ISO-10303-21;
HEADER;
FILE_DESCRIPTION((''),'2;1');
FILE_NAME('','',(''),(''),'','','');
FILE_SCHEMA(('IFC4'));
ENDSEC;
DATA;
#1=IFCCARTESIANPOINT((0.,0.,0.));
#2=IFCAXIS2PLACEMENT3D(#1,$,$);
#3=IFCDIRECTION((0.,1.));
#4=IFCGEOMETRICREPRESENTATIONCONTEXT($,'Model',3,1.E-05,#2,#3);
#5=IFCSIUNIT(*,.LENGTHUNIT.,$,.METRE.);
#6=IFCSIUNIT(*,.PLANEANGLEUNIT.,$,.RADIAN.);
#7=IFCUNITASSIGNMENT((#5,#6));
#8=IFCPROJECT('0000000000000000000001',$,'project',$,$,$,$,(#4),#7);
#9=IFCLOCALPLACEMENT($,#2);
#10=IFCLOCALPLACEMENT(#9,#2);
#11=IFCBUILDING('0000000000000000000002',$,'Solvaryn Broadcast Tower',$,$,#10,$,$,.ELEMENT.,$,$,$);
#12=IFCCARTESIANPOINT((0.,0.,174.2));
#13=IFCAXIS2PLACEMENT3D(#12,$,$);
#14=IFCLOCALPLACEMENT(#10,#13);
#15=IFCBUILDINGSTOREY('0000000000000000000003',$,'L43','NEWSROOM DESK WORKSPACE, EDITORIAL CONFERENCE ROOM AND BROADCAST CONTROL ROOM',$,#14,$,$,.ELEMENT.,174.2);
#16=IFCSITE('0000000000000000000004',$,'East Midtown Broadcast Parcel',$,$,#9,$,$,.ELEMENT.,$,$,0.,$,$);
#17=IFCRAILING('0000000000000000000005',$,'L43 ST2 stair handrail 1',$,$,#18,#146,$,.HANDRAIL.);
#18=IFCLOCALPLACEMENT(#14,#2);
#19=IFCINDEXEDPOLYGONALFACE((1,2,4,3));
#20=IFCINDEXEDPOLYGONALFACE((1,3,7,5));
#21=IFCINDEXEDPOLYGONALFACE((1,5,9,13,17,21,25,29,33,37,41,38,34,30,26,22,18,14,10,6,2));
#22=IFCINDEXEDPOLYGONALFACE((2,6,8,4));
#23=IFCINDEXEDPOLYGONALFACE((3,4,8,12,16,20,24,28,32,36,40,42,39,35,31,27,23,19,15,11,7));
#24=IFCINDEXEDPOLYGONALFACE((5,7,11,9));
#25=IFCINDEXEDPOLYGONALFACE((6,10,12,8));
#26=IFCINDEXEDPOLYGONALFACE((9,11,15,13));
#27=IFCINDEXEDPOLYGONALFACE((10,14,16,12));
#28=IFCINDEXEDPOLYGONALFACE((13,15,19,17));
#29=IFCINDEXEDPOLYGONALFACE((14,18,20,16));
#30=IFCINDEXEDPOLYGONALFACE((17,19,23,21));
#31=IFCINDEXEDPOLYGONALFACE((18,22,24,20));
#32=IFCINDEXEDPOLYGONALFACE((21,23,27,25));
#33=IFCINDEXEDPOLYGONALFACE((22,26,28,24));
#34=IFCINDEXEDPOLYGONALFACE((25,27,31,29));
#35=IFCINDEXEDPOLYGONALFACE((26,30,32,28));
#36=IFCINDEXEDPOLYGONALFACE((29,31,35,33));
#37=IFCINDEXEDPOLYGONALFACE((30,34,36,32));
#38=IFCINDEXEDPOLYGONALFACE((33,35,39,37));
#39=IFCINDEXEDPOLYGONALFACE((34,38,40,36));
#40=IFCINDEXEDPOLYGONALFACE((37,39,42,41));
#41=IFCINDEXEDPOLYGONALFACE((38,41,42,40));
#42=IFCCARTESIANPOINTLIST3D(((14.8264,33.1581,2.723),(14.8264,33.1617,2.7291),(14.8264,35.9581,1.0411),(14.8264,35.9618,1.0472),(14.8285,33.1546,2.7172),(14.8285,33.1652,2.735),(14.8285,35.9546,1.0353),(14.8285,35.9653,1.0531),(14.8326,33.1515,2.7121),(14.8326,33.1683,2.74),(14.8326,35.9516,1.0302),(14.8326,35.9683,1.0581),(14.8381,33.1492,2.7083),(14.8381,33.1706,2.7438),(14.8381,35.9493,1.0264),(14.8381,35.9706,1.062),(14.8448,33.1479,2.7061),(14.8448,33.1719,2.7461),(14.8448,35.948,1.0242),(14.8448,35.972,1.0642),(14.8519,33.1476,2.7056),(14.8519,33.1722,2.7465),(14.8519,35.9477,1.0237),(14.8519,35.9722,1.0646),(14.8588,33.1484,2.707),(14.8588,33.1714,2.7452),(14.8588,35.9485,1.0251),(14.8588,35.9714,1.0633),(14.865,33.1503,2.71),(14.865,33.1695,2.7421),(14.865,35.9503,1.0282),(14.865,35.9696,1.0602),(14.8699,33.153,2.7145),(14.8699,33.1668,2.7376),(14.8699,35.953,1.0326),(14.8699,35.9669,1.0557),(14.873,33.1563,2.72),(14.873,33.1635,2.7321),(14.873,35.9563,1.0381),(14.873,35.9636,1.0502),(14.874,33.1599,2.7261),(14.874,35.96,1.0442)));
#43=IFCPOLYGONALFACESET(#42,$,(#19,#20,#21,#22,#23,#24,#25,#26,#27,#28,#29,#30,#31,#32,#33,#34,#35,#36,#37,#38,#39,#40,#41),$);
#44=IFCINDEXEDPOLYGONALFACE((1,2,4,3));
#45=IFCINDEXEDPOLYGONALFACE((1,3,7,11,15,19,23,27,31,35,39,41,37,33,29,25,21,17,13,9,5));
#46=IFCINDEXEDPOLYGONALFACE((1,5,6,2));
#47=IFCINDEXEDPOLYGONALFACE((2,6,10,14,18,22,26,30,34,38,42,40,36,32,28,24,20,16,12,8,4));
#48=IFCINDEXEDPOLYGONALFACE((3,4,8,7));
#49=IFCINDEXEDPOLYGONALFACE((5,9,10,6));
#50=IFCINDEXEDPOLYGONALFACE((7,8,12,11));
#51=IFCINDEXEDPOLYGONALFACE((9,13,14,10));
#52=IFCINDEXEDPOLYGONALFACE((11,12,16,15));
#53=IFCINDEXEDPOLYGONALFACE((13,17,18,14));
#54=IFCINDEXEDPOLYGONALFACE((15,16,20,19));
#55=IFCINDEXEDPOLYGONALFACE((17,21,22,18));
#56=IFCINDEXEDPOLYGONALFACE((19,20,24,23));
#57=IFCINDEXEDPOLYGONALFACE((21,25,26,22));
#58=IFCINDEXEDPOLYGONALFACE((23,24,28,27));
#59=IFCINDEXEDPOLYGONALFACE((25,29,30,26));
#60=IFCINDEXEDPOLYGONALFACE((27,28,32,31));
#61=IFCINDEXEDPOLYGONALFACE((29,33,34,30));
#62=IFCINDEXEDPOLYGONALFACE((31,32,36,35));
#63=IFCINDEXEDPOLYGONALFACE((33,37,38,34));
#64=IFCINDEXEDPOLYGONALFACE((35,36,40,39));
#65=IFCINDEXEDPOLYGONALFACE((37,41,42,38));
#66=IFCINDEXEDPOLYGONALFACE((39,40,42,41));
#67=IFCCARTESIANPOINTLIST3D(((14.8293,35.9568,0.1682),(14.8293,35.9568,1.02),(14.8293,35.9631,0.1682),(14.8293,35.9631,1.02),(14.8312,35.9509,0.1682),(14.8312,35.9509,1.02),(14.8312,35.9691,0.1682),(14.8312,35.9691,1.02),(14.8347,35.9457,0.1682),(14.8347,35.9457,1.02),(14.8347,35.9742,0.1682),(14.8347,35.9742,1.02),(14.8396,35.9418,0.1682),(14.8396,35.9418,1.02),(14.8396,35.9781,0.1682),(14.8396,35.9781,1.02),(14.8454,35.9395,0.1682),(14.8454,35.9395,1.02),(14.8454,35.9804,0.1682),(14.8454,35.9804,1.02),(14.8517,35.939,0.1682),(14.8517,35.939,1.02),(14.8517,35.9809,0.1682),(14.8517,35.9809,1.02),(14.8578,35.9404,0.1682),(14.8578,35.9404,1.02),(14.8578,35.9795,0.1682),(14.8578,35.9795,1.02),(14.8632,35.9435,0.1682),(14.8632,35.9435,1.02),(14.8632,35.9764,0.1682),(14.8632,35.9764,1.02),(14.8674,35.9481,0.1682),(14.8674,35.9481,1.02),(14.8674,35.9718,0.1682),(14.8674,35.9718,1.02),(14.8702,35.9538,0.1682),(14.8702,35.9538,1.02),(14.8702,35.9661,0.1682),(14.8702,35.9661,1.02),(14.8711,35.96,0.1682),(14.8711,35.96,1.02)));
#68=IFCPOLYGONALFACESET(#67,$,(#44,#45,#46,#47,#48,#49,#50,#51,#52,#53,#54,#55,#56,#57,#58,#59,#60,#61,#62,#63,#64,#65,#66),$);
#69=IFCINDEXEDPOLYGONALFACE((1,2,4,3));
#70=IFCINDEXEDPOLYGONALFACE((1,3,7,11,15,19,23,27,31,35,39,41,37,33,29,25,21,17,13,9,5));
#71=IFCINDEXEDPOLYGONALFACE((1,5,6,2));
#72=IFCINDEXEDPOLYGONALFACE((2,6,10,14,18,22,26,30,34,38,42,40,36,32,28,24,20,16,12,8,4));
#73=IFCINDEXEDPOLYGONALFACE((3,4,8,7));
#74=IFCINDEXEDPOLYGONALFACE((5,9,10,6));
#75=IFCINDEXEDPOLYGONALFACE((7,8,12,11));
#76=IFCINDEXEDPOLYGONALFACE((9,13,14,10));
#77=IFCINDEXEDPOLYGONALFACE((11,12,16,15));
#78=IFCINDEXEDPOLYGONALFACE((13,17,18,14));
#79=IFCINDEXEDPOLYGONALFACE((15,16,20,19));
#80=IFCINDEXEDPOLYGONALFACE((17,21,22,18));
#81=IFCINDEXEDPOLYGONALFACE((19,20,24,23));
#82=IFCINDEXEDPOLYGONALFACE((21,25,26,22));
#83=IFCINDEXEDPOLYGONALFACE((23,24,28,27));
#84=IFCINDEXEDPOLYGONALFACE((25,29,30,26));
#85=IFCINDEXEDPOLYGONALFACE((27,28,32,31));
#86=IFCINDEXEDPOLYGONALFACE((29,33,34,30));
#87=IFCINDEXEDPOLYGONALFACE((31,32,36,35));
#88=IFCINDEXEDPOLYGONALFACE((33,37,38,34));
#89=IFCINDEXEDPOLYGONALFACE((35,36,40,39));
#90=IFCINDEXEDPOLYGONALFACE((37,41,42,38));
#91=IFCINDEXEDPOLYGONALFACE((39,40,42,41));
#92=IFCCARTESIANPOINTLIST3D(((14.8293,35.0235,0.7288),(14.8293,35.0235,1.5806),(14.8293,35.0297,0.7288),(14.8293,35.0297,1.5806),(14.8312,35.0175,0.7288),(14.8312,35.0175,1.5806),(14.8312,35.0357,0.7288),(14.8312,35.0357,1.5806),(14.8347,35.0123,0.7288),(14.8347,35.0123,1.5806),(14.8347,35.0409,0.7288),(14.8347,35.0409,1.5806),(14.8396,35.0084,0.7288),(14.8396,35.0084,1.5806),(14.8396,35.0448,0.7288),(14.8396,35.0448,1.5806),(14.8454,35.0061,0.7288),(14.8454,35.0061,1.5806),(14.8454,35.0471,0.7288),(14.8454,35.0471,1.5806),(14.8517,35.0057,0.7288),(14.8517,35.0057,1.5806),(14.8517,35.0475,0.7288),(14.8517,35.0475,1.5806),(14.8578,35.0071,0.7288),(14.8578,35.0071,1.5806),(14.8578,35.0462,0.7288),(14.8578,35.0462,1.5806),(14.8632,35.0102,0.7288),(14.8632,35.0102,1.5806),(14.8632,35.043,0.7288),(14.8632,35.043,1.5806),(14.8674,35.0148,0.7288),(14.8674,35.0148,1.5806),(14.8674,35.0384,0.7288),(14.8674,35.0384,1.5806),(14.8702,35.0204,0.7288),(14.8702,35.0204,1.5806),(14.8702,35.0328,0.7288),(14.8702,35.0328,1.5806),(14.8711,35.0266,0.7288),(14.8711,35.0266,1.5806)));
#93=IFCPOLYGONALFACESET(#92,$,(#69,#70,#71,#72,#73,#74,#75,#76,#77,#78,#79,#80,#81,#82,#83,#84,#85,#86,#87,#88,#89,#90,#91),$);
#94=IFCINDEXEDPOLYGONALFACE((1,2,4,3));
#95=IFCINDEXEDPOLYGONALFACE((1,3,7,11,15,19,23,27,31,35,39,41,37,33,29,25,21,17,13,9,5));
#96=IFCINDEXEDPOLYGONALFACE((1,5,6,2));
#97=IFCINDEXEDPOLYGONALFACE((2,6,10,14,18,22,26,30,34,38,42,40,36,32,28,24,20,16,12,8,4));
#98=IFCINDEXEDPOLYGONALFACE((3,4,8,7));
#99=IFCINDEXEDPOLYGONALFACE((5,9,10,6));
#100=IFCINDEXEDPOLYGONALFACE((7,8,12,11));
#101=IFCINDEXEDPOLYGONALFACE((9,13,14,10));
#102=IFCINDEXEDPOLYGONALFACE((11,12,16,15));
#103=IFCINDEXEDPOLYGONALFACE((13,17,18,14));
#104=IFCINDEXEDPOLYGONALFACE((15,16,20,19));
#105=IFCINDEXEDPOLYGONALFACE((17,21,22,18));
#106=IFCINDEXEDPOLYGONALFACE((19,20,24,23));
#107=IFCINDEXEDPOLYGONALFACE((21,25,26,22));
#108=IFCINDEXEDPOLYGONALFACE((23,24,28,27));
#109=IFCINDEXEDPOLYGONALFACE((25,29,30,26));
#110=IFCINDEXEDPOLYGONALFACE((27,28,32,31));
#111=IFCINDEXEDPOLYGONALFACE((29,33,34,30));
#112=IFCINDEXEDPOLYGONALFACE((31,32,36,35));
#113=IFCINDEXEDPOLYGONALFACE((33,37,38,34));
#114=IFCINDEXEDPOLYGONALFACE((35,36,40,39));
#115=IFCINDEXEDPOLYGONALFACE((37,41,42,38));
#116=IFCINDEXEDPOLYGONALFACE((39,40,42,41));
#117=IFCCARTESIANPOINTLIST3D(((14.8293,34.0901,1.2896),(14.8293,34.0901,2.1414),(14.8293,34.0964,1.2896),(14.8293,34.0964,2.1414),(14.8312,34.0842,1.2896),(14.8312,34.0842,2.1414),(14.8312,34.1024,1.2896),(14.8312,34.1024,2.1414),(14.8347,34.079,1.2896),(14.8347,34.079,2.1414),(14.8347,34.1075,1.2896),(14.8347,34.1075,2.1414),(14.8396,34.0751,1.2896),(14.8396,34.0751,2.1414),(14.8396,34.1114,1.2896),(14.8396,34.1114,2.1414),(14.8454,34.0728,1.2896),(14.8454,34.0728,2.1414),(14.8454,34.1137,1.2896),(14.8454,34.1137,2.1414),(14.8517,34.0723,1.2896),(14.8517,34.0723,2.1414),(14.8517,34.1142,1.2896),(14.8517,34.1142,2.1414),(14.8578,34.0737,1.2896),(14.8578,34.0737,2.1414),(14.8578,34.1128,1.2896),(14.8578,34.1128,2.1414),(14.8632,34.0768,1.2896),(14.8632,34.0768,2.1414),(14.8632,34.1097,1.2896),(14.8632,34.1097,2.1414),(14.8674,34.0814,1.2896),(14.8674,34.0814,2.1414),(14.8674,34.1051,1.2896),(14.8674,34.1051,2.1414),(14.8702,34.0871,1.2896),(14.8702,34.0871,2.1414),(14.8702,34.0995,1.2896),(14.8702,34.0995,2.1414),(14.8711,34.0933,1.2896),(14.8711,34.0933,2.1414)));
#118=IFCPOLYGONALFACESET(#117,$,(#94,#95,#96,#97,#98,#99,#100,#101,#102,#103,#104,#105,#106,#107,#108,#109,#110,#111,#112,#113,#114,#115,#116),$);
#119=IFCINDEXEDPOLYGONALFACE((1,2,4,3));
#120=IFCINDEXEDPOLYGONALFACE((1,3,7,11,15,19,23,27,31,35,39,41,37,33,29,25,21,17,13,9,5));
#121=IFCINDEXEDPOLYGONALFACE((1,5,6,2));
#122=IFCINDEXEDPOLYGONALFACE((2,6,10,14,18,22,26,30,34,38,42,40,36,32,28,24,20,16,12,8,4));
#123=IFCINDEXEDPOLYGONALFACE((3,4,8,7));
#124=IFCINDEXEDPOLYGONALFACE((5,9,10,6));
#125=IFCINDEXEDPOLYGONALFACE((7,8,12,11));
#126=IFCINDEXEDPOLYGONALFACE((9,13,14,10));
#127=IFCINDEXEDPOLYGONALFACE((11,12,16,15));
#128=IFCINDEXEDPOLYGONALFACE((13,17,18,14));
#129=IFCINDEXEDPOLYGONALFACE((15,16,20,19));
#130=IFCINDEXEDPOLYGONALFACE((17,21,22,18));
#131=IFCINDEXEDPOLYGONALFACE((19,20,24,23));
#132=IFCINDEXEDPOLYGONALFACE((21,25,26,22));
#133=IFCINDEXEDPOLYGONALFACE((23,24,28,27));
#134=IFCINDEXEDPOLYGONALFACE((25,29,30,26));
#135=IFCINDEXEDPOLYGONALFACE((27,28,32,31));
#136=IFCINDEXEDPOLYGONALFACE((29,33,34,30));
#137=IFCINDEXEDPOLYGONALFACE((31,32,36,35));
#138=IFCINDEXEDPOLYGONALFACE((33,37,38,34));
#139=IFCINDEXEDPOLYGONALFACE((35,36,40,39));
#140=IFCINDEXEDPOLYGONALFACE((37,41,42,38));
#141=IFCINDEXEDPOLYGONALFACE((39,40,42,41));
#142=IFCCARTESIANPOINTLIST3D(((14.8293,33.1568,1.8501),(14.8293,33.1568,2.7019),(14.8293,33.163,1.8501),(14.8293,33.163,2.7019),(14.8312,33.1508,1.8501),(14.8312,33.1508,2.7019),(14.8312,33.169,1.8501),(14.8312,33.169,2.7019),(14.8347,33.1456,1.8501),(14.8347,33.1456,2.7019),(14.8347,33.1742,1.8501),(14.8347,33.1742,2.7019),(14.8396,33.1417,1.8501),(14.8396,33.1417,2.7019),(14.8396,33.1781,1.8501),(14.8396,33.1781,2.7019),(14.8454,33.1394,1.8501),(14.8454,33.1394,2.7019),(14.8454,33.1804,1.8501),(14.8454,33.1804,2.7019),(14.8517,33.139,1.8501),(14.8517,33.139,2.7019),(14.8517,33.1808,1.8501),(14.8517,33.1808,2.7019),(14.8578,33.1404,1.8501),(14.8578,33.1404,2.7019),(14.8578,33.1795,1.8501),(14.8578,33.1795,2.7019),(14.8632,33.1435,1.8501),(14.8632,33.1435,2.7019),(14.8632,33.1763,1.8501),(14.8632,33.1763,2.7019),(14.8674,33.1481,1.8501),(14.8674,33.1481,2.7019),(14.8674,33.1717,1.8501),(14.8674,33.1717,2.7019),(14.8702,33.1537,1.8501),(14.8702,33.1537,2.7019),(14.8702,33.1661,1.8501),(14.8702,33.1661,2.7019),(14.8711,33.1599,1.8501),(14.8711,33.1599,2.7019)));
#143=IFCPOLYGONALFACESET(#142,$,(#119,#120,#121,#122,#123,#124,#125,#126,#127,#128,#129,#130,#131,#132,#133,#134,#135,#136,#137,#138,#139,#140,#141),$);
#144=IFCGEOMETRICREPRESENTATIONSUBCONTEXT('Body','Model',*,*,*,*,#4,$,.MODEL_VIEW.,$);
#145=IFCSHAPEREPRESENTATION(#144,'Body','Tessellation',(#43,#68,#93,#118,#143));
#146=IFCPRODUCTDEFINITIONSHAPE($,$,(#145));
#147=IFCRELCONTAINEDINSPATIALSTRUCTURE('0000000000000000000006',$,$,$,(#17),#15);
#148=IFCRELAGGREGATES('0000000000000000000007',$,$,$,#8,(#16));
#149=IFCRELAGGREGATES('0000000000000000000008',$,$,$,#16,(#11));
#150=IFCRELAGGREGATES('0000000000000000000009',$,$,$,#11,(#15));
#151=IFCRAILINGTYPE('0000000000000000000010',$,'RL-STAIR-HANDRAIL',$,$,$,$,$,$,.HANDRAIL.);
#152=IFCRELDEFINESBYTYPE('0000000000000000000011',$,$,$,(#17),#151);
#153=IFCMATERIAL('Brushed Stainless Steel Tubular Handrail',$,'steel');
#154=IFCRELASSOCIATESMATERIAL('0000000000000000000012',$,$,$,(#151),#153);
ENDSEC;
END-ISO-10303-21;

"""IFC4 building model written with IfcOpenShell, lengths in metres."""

from ifc_helpers import new_model, si_unit, direction, frame, origin, origin_2d, place, context, subcontext, project, spatial, circle, extrude, material, type_object, element, save


model = new_model("IFC4")

# Units and contexts
model_context = context("Model", 3, precision=1e-05, world=origin(), true_north=direction((0.0, 1.0)))
body_context = subcontext(model_context, "Body", "Model", "MODEL_VIEW")
ifc_project = project(units=[si_unit("LENGTHUNIT", "METRE"), si_unit("PLANEANGLEUNIT", "RADIAN")], contexts=[model_context])

# Site, building, storey
site_placement = place(None, origin())
site = spatial("IfcSite", under=ifc_project, at=site_placement, Name="East Midtown Broadcast Parcel", CompositionType="ELEMENT", RefElevation=0.0)
building_placement = place(site_placement, origin())
building = spatial("IfcBuilding", under=site, at=building_placement, Name="Solvaryn Broadcast Tower", CompositionType="ELEMENT")
storey_placement = place(building_placement, frame((0.0, 0.0, 174.2)))
storey = spatial("IfcBuildingStorey", under=building, at=storey_placement, Name="L43", Description="NEWSROOM DESK WORKSPACE, EDITORIAL CONFERENCE ROOM AND BROADCAST CONTROL ROOM", CompositionType="ELEMENT", Elevation=174.2)

# Railing
ifc_material_1 = material(Name="Brushed Stainless Steel Tubular Handrail", Category="steel")
railing_type_1 = type_object("IfcRailingType", Name="RL-STAIR-HANDRAIL", PredefinedType="HANDRAIL", material=ifc_material_1)
railing_1_placement = place(storey_placement, frame((14.8501, 35.96, 0.1682)))
element("IfcRailing", 1, at=railing_1_placement, inside=storey, type_object=railing_type_1, Name="L43 ST2 stair handrail 1", PredefinedType="HANDRAIL", context=body_context, shape_type="SweptSolid", body=[
    extrude(circle(Radius=0.0239, at=origin_2d()), frame((0.0, 0.0, 0.876), z_axis=(0.0, -0.857242, 0.514913), x_axis=(1.0, 0.0, 0.0)), (0.0, 0.0, 1.0), 3.2664),
    extrude(circle(Radius=0.021, at=origin_2d()), origin(), (0.0, 0.0, 1.0), 0.8518),
    extrude(circle(Radius=0.021, at=origin_2d()), frame((0.0, -0.9333, 0.5605)), (0.0, 0.0, 1.0), 0.8518),
    extrude(circle(Radius=0.021, at=origin_2d()), frame((0.0, -1.8667, 1.1213)), (0.0, 0.0, 1.0), 0.8518),
    extrude(circle(Radius=0.021, at=origin_2d()), frame((0.0, -2.8, 1.6819)), (0.0, 0.0, 1.0), 0.8518),
])

save(model, "model.ifc")
